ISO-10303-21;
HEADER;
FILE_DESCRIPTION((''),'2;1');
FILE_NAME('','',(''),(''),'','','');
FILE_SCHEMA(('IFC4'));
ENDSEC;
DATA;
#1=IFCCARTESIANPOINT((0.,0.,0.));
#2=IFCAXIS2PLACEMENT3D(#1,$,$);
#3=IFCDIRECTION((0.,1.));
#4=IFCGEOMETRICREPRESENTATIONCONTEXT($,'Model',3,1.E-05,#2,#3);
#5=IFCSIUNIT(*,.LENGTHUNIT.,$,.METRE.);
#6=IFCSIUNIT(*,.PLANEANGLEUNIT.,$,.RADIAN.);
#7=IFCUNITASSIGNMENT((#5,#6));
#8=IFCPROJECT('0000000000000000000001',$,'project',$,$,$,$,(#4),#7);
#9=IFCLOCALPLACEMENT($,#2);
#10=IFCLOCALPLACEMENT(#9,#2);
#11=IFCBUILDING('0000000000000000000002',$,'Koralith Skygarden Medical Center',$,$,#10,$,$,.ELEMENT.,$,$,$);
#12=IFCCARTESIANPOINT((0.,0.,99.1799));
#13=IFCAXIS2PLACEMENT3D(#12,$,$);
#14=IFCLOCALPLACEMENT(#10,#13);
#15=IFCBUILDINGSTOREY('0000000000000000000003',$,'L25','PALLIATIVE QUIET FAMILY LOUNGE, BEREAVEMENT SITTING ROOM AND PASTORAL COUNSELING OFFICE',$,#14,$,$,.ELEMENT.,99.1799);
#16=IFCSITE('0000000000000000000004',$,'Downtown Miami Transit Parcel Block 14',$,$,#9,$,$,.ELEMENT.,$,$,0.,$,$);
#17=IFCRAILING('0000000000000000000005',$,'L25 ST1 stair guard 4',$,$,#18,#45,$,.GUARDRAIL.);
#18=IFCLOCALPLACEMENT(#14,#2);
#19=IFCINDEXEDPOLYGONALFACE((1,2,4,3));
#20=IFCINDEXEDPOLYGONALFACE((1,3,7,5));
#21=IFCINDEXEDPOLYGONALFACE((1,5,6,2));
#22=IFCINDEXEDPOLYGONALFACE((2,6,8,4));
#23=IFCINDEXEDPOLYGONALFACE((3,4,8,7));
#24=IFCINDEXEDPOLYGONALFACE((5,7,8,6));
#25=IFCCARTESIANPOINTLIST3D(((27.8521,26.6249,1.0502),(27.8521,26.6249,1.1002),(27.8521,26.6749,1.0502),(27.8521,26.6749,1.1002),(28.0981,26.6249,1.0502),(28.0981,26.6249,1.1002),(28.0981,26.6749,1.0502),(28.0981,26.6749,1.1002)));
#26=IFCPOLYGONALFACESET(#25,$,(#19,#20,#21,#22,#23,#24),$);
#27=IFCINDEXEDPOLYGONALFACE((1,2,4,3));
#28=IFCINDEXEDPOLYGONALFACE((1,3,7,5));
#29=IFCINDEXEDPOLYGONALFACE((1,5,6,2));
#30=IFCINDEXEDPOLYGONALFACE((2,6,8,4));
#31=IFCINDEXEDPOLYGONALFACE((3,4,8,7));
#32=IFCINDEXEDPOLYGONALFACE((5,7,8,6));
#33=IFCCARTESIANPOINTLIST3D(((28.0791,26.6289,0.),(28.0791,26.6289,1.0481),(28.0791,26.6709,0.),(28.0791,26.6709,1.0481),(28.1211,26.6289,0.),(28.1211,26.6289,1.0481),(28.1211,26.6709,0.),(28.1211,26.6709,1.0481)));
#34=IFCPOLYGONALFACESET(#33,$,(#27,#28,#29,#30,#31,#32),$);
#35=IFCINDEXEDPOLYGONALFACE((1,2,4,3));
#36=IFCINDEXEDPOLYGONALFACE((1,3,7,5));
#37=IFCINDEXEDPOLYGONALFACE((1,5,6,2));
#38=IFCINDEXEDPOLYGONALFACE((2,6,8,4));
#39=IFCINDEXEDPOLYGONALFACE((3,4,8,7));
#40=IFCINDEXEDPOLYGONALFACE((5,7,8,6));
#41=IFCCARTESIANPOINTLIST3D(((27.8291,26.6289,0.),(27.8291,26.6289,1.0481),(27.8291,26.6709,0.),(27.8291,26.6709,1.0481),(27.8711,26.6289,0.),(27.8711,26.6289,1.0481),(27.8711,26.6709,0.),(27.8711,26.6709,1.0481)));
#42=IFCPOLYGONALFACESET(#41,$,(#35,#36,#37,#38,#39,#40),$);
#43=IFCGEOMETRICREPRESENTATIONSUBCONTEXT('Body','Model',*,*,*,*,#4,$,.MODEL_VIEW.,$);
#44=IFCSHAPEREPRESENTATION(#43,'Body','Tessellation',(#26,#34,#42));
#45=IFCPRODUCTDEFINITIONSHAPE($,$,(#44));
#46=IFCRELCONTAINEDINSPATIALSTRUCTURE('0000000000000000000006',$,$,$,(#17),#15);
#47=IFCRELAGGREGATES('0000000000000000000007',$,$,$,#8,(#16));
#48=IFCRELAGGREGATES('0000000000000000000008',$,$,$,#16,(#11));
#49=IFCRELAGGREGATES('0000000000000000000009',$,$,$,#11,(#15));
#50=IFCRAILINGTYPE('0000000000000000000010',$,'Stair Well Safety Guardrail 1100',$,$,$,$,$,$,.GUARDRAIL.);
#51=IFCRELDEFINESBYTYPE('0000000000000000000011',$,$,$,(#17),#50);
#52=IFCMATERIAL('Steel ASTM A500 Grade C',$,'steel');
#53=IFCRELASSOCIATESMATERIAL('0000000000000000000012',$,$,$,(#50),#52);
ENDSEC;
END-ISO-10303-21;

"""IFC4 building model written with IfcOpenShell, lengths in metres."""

from ifc_helpers import new_model, si_unit, direction, frame, origin, origin_2d, place, context, subcontext, project, spatial, rectangle, extrude, material, type_object, element, save


model = new_model("IFC4")

# Units and contexts
model_context = context("Model", 3, precision=1e-05, world=origin(), true_north=direction((0.0, 1.0)))
body_context = subcontext(model_context, "Body", "Model", "MODEL_VIEW")
ifc_project = project(units=[si_unit("LENGTHUNIT", "METRE"), si_unit("PLANEANGLEUNIT", "RADIAN")], contexts=[model_context])

# Site, building, storey
site_placement = place(None, origin())
site = spatial("IfcSite", under=ifc_project, at=site_placement, Name="Downtown Miami Transit Parcel Block 14", CompositionType="ELEMENT", RefElevation=0.0)
building_placement = place(site_placement, origin())
building = spatial("IfcBuilding", under=site, at=building_placement, Name="Koralith Skygarden Medical Center", CompositionType="ELEMENT")
storey_placement = place(building_placement, frame((0.0, 0.0, 99.1799)))
storey = spatial("IfcBuildingStorey", under=building, at=storey_placement, Name="L25", Description="PALLIATIVE QUIET FAMILY LOUNGE, BEREAVEMENT SITTING ROOM AND PASTORAL COUNSELING OFFICE", CompositionType="ELEMENT", Elevation=99.1799)

# Shared definitions
ifc_material_1 = material(Name="Steel ASTM A500 Grade C", Category="steel")

# Railing
railing_type_1 = type_object("IfcRailingType", Name="Stair Well Safety Guardrail 1100", PredefinedType="GUARDRAIL", material=ifc_material_1)
railing_1_placement = place(storey_placement, frame((28.1001, 26.6499, 0.0)))
element("IfcRailing", 1, at=railing_1_placement, inside=storey, type_object=railing_type_1, Name="L25 ST1 stair guard 4", PredefinedType="GUARDRAIL", context=body_context, shape_type="SweptSolid", body=[
    extrude(rectangle(XDim=0.05, YDim=0.05, at=origin_2d()), frame((-0.002, 0.0, 1.0752), z_axis=(-1.0, 0.0, 0.0), x_axis=(0.0, -1.0, 0.0)), (0.0, 0.0, 1.0), 0.2461),
    extrude(rectangle(XDim=0.042, YDim=0.042, at=origin_2d()), origin(), (0.0, 0.0, 1.0), 1.0481),
    extrude(rectangle(XDim=0.042, YDim=0.042, at=origin_2d()), frame((-0.25, 0.0, 0.0)), (0.0, 0.0, 1.0), 1.0481),
])

save(model, "model.ifc")
